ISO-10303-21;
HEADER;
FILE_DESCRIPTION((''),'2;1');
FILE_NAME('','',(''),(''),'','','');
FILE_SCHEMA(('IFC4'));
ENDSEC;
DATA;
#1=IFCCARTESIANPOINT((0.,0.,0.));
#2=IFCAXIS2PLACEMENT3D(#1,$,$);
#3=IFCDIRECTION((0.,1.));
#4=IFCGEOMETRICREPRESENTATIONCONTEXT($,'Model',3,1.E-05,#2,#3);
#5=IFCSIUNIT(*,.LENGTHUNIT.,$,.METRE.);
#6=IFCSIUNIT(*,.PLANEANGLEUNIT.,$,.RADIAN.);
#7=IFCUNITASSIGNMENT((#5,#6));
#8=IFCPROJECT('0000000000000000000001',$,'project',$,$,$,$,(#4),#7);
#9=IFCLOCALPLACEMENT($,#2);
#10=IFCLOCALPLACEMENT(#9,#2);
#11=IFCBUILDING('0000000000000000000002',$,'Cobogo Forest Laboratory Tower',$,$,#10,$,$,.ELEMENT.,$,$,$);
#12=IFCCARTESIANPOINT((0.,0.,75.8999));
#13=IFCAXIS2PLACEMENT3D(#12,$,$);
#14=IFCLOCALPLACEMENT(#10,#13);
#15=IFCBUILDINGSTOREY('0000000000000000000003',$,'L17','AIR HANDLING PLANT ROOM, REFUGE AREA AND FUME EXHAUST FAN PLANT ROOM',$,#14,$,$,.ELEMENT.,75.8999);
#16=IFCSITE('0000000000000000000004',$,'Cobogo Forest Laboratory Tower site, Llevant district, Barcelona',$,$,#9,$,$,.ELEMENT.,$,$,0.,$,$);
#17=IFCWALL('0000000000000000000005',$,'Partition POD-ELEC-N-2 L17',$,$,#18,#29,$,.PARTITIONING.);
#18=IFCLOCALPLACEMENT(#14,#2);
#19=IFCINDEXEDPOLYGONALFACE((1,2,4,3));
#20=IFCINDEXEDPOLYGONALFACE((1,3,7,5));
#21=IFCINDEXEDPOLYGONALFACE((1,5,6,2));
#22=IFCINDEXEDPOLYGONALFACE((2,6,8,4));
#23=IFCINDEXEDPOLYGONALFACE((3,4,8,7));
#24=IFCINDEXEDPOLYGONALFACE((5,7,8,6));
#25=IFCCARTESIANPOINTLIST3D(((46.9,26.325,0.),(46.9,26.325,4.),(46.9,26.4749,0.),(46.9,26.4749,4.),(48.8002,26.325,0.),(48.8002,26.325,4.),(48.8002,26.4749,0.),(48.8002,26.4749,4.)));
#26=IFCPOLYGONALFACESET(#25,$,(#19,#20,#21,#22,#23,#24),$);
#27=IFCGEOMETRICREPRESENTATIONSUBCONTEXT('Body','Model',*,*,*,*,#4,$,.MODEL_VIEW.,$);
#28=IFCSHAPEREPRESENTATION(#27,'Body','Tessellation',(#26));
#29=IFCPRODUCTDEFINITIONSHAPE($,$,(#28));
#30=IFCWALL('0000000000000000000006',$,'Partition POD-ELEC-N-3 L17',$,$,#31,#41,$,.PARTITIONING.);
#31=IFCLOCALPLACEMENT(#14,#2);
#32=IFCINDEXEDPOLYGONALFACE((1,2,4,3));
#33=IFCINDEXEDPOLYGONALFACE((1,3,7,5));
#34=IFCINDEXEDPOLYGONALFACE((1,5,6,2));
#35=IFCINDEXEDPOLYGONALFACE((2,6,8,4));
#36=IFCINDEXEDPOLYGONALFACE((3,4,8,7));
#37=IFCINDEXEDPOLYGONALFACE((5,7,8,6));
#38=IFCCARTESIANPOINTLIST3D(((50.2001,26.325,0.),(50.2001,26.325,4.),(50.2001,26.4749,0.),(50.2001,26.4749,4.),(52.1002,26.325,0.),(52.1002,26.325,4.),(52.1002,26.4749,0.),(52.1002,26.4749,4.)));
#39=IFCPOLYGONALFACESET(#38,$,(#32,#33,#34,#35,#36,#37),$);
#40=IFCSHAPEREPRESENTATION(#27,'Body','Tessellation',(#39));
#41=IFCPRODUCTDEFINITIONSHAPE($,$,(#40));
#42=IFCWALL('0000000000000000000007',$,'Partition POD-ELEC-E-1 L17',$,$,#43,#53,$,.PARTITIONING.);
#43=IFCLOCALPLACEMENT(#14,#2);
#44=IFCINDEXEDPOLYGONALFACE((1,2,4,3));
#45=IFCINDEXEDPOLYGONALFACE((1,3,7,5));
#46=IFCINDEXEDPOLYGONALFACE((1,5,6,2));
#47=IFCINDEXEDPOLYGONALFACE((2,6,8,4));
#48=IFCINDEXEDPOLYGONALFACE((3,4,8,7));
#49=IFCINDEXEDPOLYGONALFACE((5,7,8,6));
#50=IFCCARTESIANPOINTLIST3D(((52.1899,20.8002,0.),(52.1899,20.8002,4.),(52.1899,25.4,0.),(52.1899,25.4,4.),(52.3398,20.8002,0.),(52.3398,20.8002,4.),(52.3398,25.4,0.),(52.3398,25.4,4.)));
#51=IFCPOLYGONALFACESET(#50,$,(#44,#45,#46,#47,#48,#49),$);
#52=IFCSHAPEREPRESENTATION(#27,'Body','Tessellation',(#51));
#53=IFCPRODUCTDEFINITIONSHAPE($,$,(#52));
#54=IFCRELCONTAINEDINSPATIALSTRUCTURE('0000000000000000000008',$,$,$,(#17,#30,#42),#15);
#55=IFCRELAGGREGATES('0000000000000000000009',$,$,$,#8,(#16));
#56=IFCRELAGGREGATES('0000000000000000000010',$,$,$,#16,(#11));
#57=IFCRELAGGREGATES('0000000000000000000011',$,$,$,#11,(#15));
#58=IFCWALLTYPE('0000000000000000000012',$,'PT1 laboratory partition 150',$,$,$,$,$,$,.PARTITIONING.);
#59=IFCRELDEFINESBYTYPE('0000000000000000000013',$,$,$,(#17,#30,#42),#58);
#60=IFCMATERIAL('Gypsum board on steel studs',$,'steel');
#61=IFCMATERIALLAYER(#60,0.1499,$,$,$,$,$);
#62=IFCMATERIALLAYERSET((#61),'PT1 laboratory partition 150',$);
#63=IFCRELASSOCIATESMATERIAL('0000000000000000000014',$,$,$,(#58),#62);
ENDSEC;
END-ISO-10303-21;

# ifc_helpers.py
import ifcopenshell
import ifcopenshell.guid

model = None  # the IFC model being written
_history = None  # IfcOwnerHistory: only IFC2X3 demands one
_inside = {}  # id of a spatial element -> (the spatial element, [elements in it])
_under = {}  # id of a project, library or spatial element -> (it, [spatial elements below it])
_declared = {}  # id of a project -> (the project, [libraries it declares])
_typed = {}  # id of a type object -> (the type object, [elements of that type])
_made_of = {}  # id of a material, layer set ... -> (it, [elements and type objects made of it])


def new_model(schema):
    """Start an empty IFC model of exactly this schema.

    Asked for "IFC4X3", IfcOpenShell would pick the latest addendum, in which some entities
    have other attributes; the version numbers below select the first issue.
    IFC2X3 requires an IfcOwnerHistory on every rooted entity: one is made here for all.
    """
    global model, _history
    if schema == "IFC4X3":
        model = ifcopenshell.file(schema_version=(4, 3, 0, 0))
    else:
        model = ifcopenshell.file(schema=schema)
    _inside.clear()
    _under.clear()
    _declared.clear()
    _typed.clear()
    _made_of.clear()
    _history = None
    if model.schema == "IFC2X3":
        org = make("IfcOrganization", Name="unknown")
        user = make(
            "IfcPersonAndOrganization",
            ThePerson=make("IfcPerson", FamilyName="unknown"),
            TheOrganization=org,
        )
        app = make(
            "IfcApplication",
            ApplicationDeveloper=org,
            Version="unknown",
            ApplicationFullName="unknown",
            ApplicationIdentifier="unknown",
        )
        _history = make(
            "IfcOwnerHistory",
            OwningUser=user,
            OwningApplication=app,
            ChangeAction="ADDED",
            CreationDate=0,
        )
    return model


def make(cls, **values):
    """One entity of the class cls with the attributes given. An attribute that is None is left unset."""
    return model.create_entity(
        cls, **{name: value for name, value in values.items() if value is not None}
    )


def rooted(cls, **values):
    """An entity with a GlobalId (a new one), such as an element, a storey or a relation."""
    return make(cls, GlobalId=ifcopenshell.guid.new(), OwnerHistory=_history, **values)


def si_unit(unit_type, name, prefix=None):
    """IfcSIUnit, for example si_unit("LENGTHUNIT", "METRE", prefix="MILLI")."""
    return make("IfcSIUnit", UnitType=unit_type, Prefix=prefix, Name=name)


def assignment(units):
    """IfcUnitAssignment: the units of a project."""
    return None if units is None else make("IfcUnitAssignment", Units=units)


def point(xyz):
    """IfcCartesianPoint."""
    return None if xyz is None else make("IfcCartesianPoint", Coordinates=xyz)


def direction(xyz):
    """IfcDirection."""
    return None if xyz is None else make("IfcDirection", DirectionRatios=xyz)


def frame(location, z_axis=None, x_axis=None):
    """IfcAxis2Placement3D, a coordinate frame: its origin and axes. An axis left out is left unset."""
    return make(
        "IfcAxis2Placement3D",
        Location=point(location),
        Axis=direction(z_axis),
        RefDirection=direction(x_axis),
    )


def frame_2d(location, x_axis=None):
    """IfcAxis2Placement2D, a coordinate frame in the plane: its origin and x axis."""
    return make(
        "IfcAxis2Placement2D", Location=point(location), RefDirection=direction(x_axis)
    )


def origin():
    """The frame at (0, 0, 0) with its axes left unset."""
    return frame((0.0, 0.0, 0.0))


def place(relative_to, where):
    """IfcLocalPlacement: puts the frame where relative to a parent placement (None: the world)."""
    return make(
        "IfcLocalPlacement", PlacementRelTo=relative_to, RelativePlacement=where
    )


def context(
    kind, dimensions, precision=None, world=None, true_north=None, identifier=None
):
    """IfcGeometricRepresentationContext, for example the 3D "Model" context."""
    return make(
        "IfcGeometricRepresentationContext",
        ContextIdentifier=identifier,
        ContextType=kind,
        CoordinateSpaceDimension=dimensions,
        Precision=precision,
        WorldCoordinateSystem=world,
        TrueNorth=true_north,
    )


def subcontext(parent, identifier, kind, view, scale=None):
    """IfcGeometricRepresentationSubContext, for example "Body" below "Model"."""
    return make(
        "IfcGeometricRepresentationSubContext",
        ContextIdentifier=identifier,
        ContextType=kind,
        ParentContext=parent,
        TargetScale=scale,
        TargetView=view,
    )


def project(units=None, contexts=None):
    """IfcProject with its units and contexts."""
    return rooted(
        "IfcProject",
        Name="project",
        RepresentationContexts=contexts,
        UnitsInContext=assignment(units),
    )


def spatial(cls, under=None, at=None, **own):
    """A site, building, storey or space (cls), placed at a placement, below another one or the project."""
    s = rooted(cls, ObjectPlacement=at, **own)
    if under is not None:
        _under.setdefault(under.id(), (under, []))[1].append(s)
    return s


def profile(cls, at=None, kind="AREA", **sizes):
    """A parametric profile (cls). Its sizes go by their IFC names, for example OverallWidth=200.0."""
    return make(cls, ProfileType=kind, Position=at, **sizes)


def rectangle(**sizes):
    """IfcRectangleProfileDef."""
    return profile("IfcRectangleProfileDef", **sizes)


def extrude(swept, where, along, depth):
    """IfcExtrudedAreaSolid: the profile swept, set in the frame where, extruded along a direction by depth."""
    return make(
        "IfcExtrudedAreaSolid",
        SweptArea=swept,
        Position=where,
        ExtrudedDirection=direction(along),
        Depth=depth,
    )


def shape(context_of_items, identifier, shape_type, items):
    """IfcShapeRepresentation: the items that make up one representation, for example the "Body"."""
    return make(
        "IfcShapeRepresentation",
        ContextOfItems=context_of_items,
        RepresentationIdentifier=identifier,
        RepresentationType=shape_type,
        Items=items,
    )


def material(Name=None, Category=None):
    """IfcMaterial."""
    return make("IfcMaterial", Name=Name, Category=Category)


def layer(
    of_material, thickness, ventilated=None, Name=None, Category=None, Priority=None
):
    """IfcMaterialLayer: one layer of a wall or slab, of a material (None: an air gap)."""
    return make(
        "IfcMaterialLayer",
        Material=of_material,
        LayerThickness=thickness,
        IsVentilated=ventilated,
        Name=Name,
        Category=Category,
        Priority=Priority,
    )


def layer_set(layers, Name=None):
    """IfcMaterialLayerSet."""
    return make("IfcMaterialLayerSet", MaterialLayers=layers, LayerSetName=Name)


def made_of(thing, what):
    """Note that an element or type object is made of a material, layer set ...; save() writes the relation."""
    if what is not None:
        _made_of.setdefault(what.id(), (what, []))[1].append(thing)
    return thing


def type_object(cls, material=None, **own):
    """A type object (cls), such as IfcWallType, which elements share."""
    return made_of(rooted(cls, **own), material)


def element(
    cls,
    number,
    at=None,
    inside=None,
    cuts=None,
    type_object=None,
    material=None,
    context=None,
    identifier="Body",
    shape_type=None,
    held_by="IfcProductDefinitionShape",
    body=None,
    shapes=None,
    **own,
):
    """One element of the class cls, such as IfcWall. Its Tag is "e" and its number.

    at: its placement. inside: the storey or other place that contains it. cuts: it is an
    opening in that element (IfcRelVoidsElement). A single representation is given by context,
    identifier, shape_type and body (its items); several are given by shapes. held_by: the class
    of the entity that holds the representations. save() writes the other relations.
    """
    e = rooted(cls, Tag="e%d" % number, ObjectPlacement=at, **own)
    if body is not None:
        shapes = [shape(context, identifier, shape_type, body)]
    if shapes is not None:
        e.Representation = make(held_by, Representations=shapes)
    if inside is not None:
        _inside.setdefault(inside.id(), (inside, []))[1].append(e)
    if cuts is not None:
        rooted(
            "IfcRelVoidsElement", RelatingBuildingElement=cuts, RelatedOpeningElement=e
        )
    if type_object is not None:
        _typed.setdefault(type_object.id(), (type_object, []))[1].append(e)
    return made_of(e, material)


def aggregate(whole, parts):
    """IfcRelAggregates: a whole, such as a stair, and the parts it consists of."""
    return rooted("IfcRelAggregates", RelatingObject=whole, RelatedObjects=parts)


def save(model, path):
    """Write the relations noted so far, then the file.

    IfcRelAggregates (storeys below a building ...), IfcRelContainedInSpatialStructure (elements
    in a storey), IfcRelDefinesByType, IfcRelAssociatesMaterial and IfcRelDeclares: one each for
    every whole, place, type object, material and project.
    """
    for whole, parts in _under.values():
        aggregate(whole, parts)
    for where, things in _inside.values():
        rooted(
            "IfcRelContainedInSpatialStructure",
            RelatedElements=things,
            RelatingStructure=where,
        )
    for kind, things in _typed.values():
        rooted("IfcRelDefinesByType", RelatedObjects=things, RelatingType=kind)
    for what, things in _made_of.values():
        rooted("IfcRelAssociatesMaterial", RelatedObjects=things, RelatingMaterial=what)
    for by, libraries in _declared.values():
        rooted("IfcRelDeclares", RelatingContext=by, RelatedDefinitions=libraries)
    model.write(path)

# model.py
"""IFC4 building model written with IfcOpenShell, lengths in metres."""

from ifc_helpers import new_model, si_unit, direction, frame, frame_2d, origin, place, context, subcontext, project, spatial, rectangle, extrude, material, layer, layer_set, type_object, element, save


model = new_model("IFC4")

# Units and contexts
model_context = context("Model", 3, precision=1e-05, world=origin(), true_north=direction((0.0, 1.0)))
body_context = subcontext(model_context, "Body", "Model", "MODEL_VIEW")
ifc_project = project(units=[si_unit("LENGTHUNIT", "METRE"), si_unit("PLANEANGLEUNIT", "RADIAN")], contexts=[model_context])

# Site, building, storey
site_placement = place(None, origin())
site = spatial("IfcSite", under=ifc_project, at=site_placement, Name="Cobogo Forest Laboratory Tower site, Llevant district, Barcelona", CompositionType="ELEMENT", RefElevation=0.0)
building_placement = place(site_placement, origin())
building = spatial("IfcBuilding", under=site, at=building_placement, Name="Cobogo Forest Laboratory Tower", CompositionType="ELEMENT")
storey_placement = place(building_placement, frame((0.0, 0.0, 75.8999)))
storey = spatial("IfcBuildingStorey", under=building, at=storey_placement, Name="L17", Description="AIR HANDLING PLANT ROOM, REFUGE AREA AND FUME EXHAUST FAN PLANT ROOM", CompositionType="ELEMENT", Elevation=75.8999)

# Walls
ifc_material_1 = material(Name="Gypsum board on steel studs", Category="steel")
ifc_layer_1 = layer(ifc_material_1, 0.1499)
ifc_layer_set_1 = layer_set([ifc_layer_1], Name="PT1 laboratory partition 150")
wall_type = type_object("IfcWallType", Name="PT1 laboratory partition 150", PredefinedType="PARTITIONING", material=ifc_layer_set_1)
for number, where, z_axis, x_axis, name in (
    (1, (46.8999, 26.3999, 0.0), (0.0, 0.0, 1.0), (1.0, 0.0, 0.0), "Partition POD-ELEC-N-2 L17"),
    (2, (50.2, 26.3999, 0.0), (0.0, 0.0, 1.0), (1.0, 0.0, 0.0), "Partition POD-ELEC-N-3 L17"),
):
    element("IfcWall", number, at=place(storey_placement, frame(where, z_axis=z_axis, x_axis=x_axis)), inside=storey, type_object=wall_type, Name=name, PredefinedType="PARTITIONING", context=body_context, shape_type="SweptSolid", body=[
        extrude(rectangle(XDim=1.9001, YDim=0.1499, at=frame_2d((0.9502, 0.0))), origin(), (0.0, 0.0, 1.0), 4.0),
    ])
wall_1_placement = place(storey_placement, frame((52.2649, 25.3999, 0.0), z_axis=(0.0, 0.0, 1.0), x_axis=(0.0, -1.0, 0.0)))
element("IfcWall", 3, at=wall_1_placement, inside=storey, type_object=wall_type, Name="Partition POD-ELEC-E-1 L17", PredefinedType="PARTITIONING", context=body_context, shape_type="SweptSolid", body=[
    extrude(rectangle(XDim=4.5999, YDim=0.1499, at=frame_2d((2.2998, 0.0))), origin(), (0.0, 0.0, 1.0), 4.0),
])

save(model, "model.ifc")
